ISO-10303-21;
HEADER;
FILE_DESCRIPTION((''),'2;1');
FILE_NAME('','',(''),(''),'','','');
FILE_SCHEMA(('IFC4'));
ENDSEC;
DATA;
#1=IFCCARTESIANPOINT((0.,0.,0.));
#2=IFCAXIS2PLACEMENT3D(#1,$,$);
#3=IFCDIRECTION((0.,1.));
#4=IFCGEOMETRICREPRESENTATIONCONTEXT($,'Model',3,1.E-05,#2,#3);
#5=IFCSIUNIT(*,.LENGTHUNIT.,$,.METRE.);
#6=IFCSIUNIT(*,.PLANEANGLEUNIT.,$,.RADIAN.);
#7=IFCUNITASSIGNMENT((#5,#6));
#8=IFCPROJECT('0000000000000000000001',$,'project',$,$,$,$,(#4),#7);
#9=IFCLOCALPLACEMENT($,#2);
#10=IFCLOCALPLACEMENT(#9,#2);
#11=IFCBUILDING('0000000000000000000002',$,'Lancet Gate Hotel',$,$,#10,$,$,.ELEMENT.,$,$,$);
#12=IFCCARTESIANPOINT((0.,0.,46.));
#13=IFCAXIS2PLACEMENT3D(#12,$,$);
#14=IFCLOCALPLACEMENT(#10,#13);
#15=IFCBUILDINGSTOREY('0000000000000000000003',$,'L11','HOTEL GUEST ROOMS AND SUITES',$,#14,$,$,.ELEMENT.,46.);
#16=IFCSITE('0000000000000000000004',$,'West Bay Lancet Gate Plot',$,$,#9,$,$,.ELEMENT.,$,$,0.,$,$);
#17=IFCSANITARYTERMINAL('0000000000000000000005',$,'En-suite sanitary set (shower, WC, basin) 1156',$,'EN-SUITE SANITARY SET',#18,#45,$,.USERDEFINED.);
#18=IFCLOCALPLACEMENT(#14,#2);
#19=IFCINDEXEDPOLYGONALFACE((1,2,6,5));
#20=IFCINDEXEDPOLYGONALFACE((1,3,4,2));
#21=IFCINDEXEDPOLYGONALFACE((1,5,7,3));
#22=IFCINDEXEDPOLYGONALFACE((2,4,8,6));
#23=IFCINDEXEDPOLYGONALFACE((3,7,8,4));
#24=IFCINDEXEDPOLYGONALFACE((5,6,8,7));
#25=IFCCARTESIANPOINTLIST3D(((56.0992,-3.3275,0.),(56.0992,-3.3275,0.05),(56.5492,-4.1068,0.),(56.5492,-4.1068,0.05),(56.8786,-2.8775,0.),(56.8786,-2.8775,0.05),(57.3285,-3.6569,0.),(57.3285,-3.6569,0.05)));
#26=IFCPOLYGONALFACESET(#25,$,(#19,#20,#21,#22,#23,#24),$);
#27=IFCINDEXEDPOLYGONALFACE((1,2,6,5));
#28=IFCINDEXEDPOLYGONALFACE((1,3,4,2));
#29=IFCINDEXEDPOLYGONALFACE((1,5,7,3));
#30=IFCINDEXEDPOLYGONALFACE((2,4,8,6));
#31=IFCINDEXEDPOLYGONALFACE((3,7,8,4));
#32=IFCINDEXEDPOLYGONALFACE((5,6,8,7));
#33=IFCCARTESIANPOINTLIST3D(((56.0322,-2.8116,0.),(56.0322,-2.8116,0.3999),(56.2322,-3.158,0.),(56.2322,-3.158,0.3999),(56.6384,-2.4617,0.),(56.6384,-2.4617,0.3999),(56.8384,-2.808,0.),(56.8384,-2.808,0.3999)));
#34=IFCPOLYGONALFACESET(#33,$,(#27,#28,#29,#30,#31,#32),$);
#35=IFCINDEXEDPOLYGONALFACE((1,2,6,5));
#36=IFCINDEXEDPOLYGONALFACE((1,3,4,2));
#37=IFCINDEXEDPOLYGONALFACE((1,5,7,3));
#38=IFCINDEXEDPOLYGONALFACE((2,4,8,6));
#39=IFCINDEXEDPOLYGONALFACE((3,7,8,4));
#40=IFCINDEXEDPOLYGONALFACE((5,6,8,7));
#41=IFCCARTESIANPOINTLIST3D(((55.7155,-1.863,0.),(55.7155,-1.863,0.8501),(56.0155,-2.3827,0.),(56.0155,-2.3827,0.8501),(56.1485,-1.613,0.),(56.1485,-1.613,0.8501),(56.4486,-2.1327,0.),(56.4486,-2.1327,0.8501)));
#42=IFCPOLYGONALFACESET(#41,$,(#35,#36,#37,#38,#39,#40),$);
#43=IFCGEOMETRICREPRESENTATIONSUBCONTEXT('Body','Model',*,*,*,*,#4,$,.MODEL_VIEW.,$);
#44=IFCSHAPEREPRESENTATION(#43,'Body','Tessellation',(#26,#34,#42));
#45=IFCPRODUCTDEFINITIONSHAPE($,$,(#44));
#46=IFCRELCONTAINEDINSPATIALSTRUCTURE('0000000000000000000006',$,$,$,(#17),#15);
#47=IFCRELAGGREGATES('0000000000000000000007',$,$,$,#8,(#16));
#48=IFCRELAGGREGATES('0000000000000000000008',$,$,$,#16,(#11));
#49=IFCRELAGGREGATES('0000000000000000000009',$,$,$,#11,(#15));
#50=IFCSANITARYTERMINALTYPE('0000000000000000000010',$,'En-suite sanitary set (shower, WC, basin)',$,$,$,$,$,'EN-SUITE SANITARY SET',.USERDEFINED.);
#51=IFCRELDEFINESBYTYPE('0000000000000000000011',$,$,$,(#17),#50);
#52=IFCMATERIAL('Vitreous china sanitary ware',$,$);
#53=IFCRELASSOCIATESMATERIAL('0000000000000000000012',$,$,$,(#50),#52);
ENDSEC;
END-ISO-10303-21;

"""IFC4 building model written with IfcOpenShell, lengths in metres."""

from ifc_helpers import new_model, si_unit, direction, frame, origin, origin_2d, place, context, subcontext, project, spatial, rectangle, extrude, material, type_object, element, save


model = new_model("IFC4")

# Units and contexts
model_context = context("Model", 3, precision=1e-05, world=origin(), true_north=direction((0.0, 1.0)))
body_context = subcontext(model_context, "Body", "Model", "MODEL_VIEW")
ifc_project = project(units=[si_unit("LENGTHUNIT", "METRE"), si_unit("PLANEANGLEUNIT", "RADIAN")], contexts=[model_context])

# Site, building, storey
site_placement = place(None, origin())
site = spatial("IfcSite", under=ifc_project, at=site_placement, Name="West Bay Lancet Gate Plot", CompositionType="ELEMENT", RefElevation=0.0)
building_placement = place(site_placement, origin())
building = spatial("IfcBuilding", under=site, at=building_placement, Name="Lancet Gate Hotel", CompositionType="ELEMENT")
storey_placement = place(building_placement, frame((0.0, 0.0, 46.0)))
storey = spatial("IfcBuildingStorey", under=building, at=storey_placement, Name="L11", Description="HOTEL GUEST ROOMS AND SUITES", CompositionType="ELEMENT", Elevation=46.0)

# Sanitary terminal
ifc_material_1 = material(Name="Vitreous china sanitary ware")
sanitary_terminal_type = type_object("IfcSanitaryTerminalType", Name="En-suite sanitary set (shower, WC, basin)", ElementType="EN-SUITE SANITARY SET", PredefinedType="USERDEFINED", material=ifc_material_1)
sanitary_terminal_placement = place(storey_placement, frame((56.7139, -3.4922, 0.0), z_axis=(0.0, 0.0, 1.0), x_axis=(1.0, 0.0, 0.0)))
element("IfcSanitaryTerminal", 1, at=sanitary_terminal_placement, inside=storey, type_object=sanitary_terminal_type, Name="En-suite sanitary set (shower, WC, basin) 1156", ObjectType="EN-SUITE SANITARY SET", PredefinedType="USERDEFINED", context=body_context, shape_type="SweptSolid", body=[
    extrude(rectangle(XDim=0.8999, YDim=0.8999, at=origin_2d()), frame((0.0, 0.0, 0.0), z_axis=(0.0, 0.0, 1.0), x_axis=(0.5, -0.866025, 0.0)), (0.0, 0.0, 1.0), 0.05),
    extrude(rectangle(XDim=0.3999, YDim=0.7, at=origin_2d()), frame((-0.2786, 0.6824, 0.0), z_axis=(0.0, 0.0, 1.0), x_axis=(0.5, -0.866025, 0.0)), (0.0, 0.0, 1.0), 0.3999),
    extrude(rectangle(XDim=0.6001, YDim=0.5, at=origin_2d()), frame((-0.6318, 1.4944, 0.0), z_axis=(0.0, 0.0, 1.0), x_axis=(0.5, -0.866025, 0.0)), (0.0, 0.0, 1.0), 0.8501),
])

save(model, "model.ifc")
